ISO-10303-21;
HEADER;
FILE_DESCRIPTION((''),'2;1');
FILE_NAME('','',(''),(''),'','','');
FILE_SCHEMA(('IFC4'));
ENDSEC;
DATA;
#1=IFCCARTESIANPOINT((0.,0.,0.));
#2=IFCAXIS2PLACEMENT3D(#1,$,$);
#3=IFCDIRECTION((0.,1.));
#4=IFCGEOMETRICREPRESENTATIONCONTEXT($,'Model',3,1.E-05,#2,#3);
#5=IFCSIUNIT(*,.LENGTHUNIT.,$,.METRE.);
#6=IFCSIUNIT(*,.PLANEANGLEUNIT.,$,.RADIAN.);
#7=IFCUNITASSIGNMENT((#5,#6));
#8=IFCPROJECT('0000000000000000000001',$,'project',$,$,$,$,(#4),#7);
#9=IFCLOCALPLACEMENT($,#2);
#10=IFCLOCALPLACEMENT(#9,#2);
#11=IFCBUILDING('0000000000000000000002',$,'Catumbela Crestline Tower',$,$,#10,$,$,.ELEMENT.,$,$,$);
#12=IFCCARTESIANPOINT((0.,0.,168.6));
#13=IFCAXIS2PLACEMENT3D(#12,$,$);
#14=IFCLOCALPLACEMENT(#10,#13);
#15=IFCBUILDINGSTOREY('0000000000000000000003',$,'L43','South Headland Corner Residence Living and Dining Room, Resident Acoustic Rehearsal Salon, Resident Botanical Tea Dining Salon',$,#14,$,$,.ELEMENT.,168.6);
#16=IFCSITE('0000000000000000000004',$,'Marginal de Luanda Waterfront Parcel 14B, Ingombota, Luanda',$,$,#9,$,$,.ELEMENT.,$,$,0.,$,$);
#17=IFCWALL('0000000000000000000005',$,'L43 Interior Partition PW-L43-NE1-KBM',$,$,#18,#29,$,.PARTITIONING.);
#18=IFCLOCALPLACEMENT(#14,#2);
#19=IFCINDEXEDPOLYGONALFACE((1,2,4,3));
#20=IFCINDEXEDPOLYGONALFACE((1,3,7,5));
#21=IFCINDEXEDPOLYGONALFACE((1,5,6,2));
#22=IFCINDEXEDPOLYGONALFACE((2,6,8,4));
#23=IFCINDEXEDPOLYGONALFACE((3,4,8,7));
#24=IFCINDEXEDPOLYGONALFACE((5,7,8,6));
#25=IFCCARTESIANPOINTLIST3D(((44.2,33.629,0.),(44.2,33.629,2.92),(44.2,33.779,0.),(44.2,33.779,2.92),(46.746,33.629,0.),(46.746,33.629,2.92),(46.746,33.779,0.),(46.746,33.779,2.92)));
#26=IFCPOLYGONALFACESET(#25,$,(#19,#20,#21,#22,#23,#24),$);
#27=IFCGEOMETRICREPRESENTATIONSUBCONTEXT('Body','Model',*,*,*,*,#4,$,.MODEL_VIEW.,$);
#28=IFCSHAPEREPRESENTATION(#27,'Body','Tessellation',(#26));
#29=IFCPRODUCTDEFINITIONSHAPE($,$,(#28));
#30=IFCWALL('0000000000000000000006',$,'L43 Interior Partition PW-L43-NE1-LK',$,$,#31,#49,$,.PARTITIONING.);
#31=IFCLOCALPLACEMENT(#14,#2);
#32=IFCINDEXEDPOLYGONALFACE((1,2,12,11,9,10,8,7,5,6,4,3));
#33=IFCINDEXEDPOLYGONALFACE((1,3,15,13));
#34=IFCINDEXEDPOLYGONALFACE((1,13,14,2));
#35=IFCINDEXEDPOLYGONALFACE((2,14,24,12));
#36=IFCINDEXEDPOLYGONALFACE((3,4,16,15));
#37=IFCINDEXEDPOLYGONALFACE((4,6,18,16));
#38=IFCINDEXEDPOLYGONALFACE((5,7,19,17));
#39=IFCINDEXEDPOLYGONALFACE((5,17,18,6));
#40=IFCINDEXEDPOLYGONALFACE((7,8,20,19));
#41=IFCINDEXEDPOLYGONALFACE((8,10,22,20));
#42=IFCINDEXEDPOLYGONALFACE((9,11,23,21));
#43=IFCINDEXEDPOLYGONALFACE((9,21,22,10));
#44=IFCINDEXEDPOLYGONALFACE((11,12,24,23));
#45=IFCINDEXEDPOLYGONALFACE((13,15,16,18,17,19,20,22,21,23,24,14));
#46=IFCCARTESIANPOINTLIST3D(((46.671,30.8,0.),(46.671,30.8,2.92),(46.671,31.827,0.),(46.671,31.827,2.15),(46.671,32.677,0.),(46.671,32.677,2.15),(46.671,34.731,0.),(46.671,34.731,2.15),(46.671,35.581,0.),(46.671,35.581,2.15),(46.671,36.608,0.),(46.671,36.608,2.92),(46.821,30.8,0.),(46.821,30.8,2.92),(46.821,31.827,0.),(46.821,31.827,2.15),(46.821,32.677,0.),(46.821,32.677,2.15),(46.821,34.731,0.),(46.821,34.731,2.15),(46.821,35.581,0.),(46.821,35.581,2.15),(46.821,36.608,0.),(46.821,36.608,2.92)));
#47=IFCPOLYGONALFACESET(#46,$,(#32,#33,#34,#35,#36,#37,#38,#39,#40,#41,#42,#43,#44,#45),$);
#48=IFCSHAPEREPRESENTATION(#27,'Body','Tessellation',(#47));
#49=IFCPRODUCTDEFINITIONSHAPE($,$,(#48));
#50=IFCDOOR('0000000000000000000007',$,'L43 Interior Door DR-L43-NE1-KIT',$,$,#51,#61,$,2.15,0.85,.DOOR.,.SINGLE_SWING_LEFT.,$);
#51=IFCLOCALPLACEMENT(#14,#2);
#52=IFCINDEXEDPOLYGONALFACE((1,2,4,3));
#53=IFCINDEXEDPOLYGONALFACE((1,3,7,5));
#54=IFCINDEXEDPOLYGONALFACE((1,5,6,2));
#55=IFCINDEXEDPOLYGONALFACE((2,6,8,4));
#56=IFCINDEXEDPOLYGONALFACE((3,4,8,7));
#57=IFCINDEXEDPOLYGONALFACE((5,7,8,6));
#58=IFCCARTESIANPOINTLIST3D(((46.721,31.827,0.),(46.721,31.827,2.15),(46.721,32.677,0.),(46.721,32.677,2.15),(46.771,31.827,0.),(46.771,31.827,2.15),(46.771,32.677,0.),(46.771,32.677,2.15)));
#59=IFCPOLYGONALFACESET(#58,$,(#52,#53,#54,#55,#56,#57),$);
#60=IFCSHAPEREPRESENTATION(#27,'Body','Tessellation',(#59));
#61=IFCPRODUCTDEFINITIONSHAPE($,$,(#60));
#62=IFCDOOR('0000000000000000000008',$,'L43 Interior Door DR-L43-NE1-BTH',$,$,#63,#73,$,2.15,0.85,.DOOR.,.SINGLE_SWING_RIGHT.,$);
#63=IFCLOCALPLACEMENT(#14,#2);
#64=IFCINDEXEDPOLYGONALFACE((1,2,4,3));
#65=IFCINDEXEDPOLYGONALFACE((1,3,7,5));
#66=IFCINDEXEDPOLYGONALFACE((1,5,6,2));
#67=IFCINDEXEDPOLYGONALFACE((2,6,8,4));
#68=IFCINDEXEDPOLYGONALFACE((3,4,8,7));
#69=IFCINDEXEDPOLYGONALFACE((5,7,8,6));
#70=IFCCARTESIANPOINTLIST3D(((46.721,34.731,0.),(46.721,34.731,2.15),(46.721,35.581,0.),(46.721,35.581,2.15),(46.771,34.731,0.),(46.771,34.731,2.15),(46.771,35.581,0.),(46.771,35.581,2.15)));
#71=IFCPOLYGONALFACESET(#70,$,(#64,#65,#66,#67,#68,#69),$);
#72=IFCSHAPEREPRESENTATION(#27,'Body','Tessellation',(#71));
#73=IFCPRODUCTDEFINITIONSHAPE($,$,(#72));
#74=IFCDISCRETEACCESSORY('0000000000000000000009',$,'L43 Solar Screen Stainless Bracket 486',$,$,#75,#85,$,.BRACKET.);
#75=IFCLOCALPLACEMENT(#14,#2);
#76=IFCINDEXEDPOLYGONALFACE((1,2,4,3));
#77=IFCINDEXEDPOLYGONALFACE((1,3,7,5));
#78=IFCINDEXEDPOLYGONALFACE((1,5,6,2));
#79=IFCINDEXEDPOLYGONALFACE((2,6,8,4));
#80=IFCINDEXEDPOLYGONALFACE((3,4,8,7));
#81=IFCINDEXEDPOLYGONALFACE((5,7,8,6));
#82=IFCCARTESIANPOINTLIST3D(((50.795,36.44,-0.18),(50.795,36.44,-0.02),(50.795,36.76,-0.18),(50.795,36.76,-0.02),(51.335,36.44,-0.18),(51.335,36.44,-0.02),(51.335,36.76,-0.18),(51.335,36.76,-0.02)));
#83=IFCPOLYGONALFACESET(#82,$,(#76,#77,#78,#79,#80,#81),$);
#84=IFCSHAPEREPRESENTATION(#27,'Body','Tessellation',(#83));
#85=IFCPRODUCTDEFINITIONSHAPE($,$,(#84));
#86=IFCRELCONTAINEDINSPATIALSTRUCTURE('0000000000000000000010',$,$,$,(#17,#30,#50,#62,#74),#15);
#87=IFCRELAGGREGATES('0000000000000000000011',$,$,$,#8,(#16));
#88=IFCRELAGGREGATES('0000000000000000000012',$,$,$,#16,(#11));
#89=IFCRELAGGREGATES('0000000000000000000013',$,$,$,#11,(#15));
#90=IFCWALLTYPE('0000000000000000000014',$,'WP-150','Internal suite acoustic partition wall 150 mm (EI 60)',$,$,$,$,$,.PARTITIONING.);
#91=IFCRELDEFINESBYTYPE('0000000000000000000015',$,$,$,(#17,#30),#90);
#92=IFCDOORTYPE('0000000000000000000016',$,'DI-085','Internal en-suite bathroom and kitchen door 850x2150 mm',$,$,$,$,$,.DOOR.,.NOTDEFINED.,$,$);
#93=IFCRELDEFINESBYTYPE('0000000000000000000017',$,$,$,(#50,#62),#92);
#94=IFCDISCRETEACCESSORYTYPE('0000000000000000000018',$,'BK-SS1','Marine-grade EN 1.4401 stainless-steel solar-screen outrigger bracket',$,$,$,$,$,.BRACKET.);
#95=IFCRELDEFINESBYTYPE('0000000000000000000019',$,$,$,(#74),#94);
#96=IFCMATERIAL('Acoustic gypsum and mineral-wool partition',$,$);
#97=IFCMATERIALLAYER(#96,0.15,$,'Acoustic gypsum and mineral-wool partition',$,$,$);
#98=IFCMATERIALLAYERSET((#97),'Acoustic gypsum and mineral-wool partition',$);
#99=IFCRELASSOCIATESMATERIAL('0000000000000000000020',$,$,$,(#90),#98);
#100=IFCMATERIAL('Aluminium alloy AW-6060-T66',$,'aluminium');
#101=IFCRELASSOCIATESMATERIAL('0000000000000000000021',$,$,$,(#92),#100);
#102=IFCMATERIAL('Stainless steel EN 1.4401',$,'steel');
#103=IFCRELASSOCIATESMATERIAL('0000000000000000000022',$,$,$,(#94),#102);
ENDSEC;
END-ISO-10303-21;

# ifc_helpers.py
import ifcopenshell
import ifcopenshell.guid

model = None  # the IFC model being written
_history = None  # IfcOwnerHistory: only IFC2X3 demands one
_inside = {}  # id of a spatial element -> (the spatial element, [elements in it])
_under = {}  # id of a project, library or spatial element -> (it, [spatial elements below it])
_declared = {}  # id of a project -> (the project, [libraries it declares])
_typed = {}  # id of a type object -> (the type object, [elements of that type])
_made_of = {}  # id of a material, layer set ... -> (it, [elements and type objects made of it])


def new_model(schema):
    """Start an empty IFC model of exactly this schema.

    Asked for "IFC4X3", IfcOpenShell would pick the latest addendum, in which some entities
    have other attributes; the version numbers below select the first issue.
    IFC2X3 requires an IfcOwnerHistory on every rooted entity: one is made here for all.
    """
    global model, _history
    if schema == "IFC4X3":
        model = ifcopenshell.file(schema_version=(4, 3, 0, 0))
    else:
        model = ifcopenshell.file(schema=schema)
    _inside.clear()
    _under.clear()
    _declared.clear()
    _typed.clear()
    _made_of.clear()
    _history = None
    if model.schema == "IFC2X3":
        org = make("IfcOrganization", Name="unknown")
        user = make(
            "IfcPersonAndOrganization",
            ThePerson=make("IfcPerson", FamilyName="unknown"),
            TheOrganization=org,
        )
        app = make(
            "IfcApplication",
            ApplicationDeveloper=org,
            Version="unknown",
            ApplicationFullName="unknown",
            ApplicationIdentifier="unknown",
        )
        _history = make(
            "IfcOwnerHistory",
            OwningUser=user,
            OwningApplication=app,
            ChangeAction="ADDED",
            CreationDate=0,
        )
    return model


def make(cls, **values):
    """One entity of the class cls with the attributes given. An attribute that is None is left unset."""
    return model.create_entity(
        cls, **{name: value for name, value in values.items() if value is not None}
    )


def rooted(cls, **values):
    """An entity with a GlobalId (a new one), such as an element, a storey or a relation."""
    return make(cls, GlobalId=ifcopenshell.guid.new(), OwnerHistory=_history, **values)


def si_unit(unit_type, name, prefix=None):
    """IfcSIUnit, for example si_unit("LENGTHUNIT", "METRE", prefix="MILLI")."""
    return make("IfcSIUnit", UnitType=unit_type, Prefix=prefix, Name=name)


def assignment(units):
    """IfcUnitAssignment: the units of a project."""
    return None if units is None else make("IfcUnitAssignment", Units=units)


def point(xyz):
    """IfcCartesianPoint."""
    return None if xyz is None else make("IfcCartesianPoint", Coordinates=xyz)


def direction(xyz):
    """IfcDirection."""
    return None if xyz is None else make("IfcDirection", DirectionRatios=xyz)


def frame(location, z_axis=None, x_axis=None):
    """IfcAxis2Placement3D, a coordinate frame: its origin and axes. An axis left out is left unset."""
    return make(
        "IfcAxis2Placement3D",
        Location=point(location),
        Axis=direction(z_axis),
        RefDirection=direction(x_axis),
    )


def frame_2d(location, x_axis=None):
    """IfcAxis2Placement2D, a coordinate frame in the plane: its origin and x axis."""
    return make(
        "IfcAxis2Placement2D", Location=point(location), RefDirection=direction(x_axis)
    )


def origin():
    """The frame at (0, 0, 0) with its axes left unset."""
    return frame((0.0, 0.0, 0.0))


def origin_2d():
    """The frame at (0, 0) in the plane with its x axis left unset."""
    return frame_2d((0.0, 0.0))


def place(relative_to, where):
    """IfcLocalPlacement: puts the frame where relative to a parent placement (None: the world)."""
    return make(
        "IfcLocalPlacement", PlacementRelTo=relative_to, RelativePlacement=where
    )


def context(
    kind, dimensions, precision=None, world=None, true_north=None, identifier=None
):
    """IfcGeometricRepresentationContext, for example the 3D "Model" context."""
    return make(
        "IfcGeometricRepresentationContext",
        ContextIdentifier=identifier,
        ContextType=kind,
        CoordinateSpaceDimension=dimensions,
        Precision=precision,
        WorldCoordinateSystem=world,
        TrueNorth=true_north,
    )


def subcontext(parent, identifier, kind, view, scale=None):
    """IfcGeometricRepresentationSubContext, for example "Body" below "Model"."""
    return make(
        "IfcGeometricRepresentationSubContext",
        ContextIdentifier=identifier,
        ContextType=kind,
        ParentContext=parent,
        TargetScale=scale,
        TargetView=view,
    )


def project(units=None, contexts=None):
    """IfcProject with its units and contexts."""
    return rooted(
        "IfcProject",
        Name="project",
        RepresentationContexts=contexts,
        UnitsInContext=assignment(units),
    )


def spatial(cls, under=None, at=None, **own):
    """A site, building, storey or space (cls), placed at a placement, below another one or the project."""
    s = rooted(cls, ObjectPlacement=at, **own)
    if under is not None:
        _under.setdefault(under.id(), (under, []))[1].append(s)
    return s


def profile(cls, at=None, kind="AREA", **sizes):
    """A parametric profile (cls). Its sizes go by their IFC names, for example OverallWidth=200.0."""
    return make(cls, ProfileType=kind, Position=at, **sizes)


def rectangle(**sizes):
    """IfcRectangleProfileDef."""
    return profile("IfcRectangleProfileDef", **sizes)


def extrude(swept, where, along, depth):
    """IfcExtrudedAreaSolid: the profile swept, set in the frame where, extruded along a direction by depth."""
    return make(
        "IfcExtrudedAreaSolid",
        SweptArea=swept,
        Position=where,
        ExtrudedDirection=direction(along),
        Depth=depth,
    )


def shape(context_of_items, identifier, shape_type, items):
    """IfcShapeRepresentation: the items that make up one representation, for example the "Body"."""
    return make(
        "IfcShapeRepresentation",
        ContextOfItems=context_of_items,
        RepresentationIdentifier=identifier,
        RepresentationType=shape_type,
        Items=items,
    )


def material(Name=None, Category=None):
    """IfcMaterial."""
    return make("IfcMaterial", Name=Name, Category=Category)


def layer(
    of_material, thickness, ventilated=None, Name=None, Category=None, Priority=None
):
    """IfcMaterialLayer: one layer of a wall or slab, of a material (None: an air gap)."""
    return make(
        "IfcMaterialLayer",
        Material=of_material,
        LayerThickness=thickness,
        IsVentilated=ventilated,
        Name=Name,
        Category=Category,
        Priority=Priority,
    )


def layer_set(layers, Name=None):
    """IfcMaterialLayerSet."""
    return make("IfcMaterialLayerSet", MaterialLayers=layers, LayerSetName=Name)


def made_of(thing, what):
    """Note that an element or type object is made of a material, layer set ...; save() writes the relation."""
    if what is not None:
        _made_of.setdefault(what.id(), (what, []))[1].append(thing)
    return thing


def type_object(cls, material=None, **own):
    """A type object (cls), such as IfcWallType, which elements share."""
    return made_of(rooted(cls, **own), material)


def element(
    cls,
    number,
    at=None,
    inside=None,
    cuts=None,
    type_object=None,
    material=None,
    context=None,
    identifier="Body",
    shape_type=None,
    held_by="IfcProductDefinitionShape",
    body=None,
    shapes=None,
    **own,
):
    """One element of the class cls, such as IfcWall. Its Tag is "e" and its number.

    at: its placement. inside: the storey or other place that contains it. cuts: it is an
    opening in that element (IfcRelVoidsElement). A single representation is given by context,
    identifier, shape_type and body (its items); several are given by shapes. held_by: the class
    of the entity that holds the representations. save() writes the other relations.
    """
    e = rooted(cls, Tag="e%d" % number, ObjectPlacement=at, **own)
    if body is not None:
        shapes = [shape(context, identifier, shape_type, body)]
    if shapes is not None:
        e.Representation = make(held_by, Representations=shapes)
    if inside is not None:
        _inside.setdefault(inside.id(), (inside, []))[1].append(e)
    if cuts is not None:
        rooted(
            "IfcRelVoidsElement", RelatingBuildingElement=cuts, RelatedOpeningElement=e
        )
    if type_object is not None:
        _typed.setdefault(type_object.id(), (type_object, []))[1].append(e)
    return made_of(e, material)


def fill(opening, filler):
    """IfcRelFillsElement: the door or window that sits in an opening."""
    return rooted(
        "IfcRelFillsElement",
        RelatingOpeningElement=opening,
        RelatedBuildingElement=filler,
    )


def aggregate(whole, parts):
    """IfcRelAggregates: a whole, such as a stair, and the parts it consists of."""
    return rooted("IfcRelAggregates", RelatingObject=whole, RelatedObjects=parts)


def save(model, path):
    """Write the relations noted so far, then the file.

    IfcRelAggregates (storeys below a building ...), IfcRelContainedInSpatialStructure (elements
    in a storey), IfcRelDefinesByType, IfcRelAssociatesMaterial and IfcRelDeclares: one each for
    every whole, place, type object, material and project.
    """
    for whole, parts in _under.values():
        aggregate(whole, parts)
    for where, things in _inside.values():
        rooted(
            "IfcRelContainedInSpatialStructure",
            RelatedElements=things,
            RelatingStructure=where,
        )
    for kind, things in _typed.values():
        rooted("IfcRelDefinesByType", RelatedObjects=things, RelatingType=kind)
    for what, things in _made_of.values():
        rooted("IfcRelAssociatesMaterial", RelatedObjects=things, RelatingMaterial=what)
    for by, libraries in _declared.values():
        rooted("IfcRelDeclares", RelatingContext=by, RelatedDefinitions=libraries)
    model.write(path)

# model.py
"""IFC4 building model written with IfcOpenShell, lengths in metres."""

from ifc_helpers import new_model, si_unit, direction, frame, frame_2d, origin, origin_2d, place, context, subcontext, project, spatial, rectangle, extrude, material, layer, layer_set, type_object, element, fill, save


model = new_model("IFC4")

# Units and contexts
model_context = context("Model", 3, precision=1e-05, world=origin(), true_north=direction((0.0, 1.0)))
body_context = subcontext(model_context, "Body", "Model", "MODEL_VIEW")
ifc_project = project(units=[si_unit("LENGTHUNIT", "METRE"), si_unit("PLANEANGLEUNIT", "RADIAN")], contexts=[model_context])

# Site, building, storey
site_placement = place(None, origin())
site = spatial("IfcSite", under=ifc_project, at=site_placement, Name="Marginal de Luanda Waterfront Parcel 14B, Ingombota, Luanda", CompositionType="ELEMENT", RefElevation=0.0)
building_placement = place(site_placement, origin())
building = spatial("IfcBuilding", under=site, at=building_placement, Name="Catumbela Crestline Tower", CompositionType="ELEMENT")
storey_placement = place(building_placement, frame((0.0, 0.0, 168.6)))
storey = spatial("IfcBuildingStorey", under=building, at=storey_placement, Name="L43", Description="South Headland Corner Residence Living and Dining Room, Resident Acoustic Rehearsal Salon, Resident Botanical Tea Dining Salon", CompositionType="ELEMENT", Elevation=168.6)

# Shared definitions
ifc_material_1 = material(Name="Aluminium alloy AW-6060-T66", Category="aluminium")

# Shared definitions
ifc_material_2 = material(Name="Acoustic gypsum and mineral-wool partition")

# Wall
ifc_layer_1 = layer(ifc_material_2, 0.15, Name="Acoustic gypsum and mineral-wool partition")
ifc_layer_set_1 = layer_set([ifc_layer_1], Name="Acoustic gypsum and mineral-wool partition")
wall_type_1 = type_object("IfcWallType", Name="WP-150", Description="Internal suite acoustic partition wall 150 mm (EI 60)", PredefinedType="PARTITIONING", material=ifc_layer_set_1)
for number, where, z_axis, x_axis, name in (
    (1, (44.2, 33.704, 0.0), (0.0, 0.0, 1.0), (1.0, 0.0, 0.0), "L43 Interior Partition PW-L43-NE1-KBM"),
):
    element("IfcWall", number, at=place(storey_placement, frame(where, z_axis=z_axis, x_axis=x_axis)), inside=storey, type_object=wall_type_1, Name=name, PredefinedType="PARTITIONING", context=body_context, shape_type="SweptSolid", body=[
        extrude(rectangle(XDim=2.546, YDim=0.15, at=frame_2d((1.273, 0.0))), origin(), (0.0, 0.0, 1.0), 2.92),
    ])

# Wall, openings, doors
wall_1_placement = place(storey_placement, frame((46.746, 30.8, 0.0), z_axis=(0.0, 0.0, 1.0), x_axis=(0.0, 1.0, 0.0)))
wall_1 = element("IfcWall", 2, at=wall_1_placement, inside=storey, type_object=wall_type_1, Name="L43 Interior Partition PW-L43-NE1-LK", PredefinedType="PARTITIONING", context=body_context, shape_type="SweptSolid", body=[
    extrude(rectangle(XDim=5.808, YDim=0.15, at=frame_2d((2.904, 0.0))), origin(), (0.0, 0.0, 1.0), 2.92),
])
opening_1_placement = place(wall_1_placement, frame((1.027, 0.0, 0.0)))
opening_1 = element("IfcOpeningElement", 3, at=opening_1_placement, cuts=wall_1, PredefinedType="OPENING", context=body_context, shape_type="SweptSolid", body=[
    extrude(rectangle(XDim=0.85, YDim=2.15, at=frame_2d((0.425, 1.075))), frame((0.0, 0.085, 0.0), z_axis=(0.0, -1.0, 0.0), x_axis=(1.0, 0.0, 0.0)), (0.0, 0.0, 1.0), 0.17),
])
opening_2_placement = place(wall_1_placement, frame((3.931, 0.0, 0.0)))
opening_2 = element("IfcOpeningElement", 4, at=opening_2_placement, cuts=wall_1, PredefinedType="OPENING", context=body_context, shape_type="SweptSolid", body=[
    extrude(rectangle(XDim=0.85, YDim=2.15, at=frame_2d((0.425, 1.075))), frame((0.0, 0.085, 0.0), z_axis=(0.0, -1.0, 0.0), x_axis=(1.0, 0.0, 0.0)), (0.0, 0.0, 1.0), 0.17),
])
door_type_1 = type_object("IfcDoorType", Name="DI-085", Description="Internal en-suite bathroom and kitchen door 850x2150 mm", OperationType="NOTDEFINED", PredefinedType="DOOR", material=ifc_material_1)
door_1_placement = place(opening_1_placement, origin())
door_1 = element("IfcDoor", 5, at=door_1_placement, inside=storey, type_object=door_type_1, Name="L43 Interior Door DR-L43-NE1-KIT", OperationType="SINGLE_SWING_LEFT", OverallHeight=2.15, OverallWidth=0.85, PredefinedType="DOOR", context=body_context, shape_type="SweptSolid", body=[
    extrude(rectangle(XDim=0.85, YDim=2.15, at=frame_2d((0.425, 1.075))), frame((0.0, 0.025, 0.0), z_axis=(0.0, -1.0, 0.0), x_axis=(1.0, 0.0, 0.0)), (0.0, 0.0, 1.0), 0.05),
])
fill(opening_1, door_1)
door_2_placement = place(opening_2_placement, origin())
door_2 = element("IfcDoor", 6, at=door_2_placement, inside=storey, type_object=door_type_1, Name="L43 Interior Door DR-L43-NE1-BTH", OperationType="SINGLE_SWING_RIGHT", OverallHeight=2.15, OverallWidth=0.85, PredefinedType="DOOR", context=body_context, shape_type="SweptSolid", body=[
    extrude(rectangle(XDim=0.85, YDim=2.15, at=frame_2d((0.425, 1.075))), frame((0.0, 0.025, 0.0), z_axis=(0.0, -1.0, 0.0), x_axis=(1.0, 0.0, 0.0)), (0.0, 0.0, 1.0), 0.05),
])
fill(opening_2, door_2)

# Shared definitions
ifc_material_3 = material(Name="Stainless steel EN 1.4401", Category="steel")

# Discrete accessory
discrete_accessory_type = type_object("IfcDiscreteAccessoryType", Name="BK-SS1", Description="Marine-grade EN 1.4401 stainless-steel solar-screen outrigger bracket", PredefinedType="BRACKET", material=ifc_material_3)
discrete_accessory_placement = place(storey_placement, frame((51.065, 36.6, -0.18), z_axis=(0.0, 0.0, 1.0), x_axis=(0.0, 1.0, 0.0)))
element("IfcDiscreteAccessory", 7, at=discrete_accessory_placement, inside=storey, type_object=discrete_accessory_type, Name="L43 Solar Screen Stainless Bracket 486", PredefinedType="BRACKET", context=body_context, shape_type="SweptSolid", body=[
    extrude(rectangle(XDim=0.32, YDim=0.54, at=origin_2d()), origin(), (0.0, 0.0, 1.0), 0.16),
])

save(model, "model.ifc")
